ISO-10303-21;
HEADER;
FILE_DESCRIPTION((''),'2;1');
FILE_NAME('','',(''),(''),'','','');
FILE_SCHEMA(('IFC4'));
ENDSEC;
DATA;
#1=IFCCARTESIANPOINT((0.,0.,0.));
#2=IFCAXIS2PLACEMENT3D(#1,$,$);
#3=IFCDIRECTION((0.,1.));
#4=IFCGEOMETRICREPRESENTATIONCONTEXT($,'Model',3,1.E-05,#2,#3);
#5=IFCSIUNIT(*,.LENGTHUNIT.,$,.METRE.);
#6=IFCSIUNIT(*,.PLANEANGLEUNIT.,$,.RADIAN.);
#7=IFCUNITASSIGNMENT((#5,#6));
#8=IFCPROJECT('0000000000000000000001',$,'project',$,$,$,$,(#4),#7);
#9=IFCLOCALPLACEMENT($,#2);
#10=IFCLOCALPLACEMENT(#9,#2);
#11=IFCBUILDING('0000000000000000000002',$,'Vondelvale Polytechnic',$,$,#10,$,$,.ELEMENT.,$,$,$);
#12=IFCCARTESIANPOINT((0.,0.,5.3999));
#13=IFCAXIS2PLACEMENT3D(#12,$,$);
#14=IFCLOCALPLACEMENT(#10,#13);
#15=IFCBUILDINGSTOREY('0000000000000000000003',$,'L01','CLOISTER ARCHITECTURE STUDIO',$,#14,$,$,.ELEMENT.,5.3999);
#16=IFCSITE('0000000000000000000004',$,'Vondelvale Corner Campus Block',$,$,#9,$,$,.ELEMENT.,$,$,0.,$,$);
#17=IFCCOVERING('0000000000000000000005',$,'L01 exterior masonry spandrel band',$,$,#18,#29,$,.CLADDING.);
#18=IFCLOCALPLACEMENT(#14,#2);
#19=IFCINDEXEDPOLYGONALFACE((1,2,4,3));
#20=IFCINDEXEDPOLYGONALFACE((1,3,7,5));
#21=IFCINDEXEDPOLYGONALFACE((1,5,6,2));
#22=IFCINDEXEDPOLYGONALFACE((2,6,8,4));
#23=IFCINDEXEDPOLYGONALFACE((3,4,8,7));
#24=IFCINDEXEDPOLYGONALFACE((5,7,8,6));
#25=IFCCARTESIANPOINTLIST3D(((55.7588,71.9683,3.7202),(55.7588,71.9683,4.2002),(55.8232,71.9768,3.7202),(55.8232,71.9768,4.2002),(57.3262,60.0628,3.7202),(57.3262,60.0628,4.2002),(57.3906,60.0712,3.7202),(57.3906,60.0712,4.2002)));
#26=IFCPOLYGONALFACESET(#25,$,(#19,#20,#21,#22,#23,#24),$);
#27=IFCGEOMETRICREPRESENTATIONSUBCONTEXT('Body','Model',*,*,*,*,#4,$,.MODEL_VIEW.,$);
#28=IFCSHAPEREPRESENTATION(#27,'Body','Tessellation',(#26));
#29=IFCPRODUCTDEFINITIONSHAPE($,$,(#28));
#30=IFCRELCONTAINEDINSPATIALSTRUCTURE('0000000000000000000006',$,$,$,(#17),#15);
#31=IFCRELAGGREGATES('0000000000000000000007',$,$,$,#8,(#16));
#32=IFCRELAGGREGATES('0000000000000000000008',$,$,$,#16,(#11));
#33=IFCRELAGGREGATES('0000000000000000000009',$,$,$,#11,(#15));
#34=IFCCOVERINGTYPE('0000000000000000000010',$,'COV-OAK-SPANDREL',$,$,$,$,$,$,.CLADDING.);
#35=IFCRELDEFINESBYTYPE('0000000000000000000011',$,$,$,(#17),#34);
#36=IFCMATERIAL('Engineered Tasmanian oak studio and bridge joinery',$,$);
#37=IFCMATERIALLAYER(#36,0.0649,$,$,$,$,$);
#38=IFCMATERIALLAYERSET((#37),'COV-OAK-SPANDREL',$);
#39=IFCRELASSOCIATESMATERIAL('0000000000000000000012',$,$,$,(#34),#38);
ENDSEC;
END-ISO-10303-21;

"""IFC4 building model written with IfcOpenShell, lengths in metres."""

from ifc_helpers import new_model, si_unit, direction, frame, origin, origin_2d, place, context, subcontext, project, spatial, rectangle, extrude, material, layer, layer_set, type_object, element, save


model = new_model("IFC4")

# Units and contexts
model_context = context("Model", 3, precision=1e-05, world=origin(), true_north=direction((0.0, 1.0)))
body_context = subcontext(model_context, "Body", "Model", "MODEL_VIEW")
ifc_project = project(units=[si_unit("LENGTHUNIT", "METRE"), si_unit("PLANEANGLEUNIT", "RADIAN")], contexts=[model_context])

# Site, building, storey
site_placement = place(None, origin())
site = spatial("IfcSite", under=ifc_project, at=site_placement, Name="Vondelvale Corner Campus Block", CompositionType="ELEMENT", RefElevation=0.0)
building_placement = place(site_placement, origin())
building = spatial("IfcBuilding", under=site, at=building_placement, Name="Vondelvale Polytechnic", CompositionType="ELEMENT")
storey_placement = place(building_placement, frame((0.0, 0.0, 5.3999)))
storey = spatial("IfcBuildingStorey", under=building, at=storey_placement, Name="L01", Description="CLOISTER ARCHITECTURE STUDIO", CompositionType="ELEMENT", Elevation=5.3999)

# Shared definitions
ifc_material_1 = material(Name="Engineered Tasmanian oak studio and bridge joinery")

# Covering
ifc_layer_1 = layer(ifc_material_1, 0.0649)
ifc_layer_set_1 = layer_set([ifc_layer_1], Name="COV-OAK-SPANDREL")
covering_type = type_object("IfcCoveringType", Name="COV-OAK-SPANDREL", PredefinedType="CLADDING", material=ifc_layer_set_1)
covering_placement = place(storey_placement, frame((56.5747, 66.0198, 3.7202), z_axis=(0.0, 0.0, 1.0), x_axis=(0.130526, -0.991445, 0.0)))
element("IfcCovering", 1, at=covering_placement, inside=storey, type_object=covering_type, Name="L01 exterior masonry spandrel band", PredefinedType="CLADDING", context=body_context, shape_type="SweptSolid", body=[
    extrude(rectangle(XDim=12.0083, YDim=0.0649, at=origin_2d()), origin(), (0.0, 0.0, 1.0), 0.48),
])

save(model, "model.ifc")
